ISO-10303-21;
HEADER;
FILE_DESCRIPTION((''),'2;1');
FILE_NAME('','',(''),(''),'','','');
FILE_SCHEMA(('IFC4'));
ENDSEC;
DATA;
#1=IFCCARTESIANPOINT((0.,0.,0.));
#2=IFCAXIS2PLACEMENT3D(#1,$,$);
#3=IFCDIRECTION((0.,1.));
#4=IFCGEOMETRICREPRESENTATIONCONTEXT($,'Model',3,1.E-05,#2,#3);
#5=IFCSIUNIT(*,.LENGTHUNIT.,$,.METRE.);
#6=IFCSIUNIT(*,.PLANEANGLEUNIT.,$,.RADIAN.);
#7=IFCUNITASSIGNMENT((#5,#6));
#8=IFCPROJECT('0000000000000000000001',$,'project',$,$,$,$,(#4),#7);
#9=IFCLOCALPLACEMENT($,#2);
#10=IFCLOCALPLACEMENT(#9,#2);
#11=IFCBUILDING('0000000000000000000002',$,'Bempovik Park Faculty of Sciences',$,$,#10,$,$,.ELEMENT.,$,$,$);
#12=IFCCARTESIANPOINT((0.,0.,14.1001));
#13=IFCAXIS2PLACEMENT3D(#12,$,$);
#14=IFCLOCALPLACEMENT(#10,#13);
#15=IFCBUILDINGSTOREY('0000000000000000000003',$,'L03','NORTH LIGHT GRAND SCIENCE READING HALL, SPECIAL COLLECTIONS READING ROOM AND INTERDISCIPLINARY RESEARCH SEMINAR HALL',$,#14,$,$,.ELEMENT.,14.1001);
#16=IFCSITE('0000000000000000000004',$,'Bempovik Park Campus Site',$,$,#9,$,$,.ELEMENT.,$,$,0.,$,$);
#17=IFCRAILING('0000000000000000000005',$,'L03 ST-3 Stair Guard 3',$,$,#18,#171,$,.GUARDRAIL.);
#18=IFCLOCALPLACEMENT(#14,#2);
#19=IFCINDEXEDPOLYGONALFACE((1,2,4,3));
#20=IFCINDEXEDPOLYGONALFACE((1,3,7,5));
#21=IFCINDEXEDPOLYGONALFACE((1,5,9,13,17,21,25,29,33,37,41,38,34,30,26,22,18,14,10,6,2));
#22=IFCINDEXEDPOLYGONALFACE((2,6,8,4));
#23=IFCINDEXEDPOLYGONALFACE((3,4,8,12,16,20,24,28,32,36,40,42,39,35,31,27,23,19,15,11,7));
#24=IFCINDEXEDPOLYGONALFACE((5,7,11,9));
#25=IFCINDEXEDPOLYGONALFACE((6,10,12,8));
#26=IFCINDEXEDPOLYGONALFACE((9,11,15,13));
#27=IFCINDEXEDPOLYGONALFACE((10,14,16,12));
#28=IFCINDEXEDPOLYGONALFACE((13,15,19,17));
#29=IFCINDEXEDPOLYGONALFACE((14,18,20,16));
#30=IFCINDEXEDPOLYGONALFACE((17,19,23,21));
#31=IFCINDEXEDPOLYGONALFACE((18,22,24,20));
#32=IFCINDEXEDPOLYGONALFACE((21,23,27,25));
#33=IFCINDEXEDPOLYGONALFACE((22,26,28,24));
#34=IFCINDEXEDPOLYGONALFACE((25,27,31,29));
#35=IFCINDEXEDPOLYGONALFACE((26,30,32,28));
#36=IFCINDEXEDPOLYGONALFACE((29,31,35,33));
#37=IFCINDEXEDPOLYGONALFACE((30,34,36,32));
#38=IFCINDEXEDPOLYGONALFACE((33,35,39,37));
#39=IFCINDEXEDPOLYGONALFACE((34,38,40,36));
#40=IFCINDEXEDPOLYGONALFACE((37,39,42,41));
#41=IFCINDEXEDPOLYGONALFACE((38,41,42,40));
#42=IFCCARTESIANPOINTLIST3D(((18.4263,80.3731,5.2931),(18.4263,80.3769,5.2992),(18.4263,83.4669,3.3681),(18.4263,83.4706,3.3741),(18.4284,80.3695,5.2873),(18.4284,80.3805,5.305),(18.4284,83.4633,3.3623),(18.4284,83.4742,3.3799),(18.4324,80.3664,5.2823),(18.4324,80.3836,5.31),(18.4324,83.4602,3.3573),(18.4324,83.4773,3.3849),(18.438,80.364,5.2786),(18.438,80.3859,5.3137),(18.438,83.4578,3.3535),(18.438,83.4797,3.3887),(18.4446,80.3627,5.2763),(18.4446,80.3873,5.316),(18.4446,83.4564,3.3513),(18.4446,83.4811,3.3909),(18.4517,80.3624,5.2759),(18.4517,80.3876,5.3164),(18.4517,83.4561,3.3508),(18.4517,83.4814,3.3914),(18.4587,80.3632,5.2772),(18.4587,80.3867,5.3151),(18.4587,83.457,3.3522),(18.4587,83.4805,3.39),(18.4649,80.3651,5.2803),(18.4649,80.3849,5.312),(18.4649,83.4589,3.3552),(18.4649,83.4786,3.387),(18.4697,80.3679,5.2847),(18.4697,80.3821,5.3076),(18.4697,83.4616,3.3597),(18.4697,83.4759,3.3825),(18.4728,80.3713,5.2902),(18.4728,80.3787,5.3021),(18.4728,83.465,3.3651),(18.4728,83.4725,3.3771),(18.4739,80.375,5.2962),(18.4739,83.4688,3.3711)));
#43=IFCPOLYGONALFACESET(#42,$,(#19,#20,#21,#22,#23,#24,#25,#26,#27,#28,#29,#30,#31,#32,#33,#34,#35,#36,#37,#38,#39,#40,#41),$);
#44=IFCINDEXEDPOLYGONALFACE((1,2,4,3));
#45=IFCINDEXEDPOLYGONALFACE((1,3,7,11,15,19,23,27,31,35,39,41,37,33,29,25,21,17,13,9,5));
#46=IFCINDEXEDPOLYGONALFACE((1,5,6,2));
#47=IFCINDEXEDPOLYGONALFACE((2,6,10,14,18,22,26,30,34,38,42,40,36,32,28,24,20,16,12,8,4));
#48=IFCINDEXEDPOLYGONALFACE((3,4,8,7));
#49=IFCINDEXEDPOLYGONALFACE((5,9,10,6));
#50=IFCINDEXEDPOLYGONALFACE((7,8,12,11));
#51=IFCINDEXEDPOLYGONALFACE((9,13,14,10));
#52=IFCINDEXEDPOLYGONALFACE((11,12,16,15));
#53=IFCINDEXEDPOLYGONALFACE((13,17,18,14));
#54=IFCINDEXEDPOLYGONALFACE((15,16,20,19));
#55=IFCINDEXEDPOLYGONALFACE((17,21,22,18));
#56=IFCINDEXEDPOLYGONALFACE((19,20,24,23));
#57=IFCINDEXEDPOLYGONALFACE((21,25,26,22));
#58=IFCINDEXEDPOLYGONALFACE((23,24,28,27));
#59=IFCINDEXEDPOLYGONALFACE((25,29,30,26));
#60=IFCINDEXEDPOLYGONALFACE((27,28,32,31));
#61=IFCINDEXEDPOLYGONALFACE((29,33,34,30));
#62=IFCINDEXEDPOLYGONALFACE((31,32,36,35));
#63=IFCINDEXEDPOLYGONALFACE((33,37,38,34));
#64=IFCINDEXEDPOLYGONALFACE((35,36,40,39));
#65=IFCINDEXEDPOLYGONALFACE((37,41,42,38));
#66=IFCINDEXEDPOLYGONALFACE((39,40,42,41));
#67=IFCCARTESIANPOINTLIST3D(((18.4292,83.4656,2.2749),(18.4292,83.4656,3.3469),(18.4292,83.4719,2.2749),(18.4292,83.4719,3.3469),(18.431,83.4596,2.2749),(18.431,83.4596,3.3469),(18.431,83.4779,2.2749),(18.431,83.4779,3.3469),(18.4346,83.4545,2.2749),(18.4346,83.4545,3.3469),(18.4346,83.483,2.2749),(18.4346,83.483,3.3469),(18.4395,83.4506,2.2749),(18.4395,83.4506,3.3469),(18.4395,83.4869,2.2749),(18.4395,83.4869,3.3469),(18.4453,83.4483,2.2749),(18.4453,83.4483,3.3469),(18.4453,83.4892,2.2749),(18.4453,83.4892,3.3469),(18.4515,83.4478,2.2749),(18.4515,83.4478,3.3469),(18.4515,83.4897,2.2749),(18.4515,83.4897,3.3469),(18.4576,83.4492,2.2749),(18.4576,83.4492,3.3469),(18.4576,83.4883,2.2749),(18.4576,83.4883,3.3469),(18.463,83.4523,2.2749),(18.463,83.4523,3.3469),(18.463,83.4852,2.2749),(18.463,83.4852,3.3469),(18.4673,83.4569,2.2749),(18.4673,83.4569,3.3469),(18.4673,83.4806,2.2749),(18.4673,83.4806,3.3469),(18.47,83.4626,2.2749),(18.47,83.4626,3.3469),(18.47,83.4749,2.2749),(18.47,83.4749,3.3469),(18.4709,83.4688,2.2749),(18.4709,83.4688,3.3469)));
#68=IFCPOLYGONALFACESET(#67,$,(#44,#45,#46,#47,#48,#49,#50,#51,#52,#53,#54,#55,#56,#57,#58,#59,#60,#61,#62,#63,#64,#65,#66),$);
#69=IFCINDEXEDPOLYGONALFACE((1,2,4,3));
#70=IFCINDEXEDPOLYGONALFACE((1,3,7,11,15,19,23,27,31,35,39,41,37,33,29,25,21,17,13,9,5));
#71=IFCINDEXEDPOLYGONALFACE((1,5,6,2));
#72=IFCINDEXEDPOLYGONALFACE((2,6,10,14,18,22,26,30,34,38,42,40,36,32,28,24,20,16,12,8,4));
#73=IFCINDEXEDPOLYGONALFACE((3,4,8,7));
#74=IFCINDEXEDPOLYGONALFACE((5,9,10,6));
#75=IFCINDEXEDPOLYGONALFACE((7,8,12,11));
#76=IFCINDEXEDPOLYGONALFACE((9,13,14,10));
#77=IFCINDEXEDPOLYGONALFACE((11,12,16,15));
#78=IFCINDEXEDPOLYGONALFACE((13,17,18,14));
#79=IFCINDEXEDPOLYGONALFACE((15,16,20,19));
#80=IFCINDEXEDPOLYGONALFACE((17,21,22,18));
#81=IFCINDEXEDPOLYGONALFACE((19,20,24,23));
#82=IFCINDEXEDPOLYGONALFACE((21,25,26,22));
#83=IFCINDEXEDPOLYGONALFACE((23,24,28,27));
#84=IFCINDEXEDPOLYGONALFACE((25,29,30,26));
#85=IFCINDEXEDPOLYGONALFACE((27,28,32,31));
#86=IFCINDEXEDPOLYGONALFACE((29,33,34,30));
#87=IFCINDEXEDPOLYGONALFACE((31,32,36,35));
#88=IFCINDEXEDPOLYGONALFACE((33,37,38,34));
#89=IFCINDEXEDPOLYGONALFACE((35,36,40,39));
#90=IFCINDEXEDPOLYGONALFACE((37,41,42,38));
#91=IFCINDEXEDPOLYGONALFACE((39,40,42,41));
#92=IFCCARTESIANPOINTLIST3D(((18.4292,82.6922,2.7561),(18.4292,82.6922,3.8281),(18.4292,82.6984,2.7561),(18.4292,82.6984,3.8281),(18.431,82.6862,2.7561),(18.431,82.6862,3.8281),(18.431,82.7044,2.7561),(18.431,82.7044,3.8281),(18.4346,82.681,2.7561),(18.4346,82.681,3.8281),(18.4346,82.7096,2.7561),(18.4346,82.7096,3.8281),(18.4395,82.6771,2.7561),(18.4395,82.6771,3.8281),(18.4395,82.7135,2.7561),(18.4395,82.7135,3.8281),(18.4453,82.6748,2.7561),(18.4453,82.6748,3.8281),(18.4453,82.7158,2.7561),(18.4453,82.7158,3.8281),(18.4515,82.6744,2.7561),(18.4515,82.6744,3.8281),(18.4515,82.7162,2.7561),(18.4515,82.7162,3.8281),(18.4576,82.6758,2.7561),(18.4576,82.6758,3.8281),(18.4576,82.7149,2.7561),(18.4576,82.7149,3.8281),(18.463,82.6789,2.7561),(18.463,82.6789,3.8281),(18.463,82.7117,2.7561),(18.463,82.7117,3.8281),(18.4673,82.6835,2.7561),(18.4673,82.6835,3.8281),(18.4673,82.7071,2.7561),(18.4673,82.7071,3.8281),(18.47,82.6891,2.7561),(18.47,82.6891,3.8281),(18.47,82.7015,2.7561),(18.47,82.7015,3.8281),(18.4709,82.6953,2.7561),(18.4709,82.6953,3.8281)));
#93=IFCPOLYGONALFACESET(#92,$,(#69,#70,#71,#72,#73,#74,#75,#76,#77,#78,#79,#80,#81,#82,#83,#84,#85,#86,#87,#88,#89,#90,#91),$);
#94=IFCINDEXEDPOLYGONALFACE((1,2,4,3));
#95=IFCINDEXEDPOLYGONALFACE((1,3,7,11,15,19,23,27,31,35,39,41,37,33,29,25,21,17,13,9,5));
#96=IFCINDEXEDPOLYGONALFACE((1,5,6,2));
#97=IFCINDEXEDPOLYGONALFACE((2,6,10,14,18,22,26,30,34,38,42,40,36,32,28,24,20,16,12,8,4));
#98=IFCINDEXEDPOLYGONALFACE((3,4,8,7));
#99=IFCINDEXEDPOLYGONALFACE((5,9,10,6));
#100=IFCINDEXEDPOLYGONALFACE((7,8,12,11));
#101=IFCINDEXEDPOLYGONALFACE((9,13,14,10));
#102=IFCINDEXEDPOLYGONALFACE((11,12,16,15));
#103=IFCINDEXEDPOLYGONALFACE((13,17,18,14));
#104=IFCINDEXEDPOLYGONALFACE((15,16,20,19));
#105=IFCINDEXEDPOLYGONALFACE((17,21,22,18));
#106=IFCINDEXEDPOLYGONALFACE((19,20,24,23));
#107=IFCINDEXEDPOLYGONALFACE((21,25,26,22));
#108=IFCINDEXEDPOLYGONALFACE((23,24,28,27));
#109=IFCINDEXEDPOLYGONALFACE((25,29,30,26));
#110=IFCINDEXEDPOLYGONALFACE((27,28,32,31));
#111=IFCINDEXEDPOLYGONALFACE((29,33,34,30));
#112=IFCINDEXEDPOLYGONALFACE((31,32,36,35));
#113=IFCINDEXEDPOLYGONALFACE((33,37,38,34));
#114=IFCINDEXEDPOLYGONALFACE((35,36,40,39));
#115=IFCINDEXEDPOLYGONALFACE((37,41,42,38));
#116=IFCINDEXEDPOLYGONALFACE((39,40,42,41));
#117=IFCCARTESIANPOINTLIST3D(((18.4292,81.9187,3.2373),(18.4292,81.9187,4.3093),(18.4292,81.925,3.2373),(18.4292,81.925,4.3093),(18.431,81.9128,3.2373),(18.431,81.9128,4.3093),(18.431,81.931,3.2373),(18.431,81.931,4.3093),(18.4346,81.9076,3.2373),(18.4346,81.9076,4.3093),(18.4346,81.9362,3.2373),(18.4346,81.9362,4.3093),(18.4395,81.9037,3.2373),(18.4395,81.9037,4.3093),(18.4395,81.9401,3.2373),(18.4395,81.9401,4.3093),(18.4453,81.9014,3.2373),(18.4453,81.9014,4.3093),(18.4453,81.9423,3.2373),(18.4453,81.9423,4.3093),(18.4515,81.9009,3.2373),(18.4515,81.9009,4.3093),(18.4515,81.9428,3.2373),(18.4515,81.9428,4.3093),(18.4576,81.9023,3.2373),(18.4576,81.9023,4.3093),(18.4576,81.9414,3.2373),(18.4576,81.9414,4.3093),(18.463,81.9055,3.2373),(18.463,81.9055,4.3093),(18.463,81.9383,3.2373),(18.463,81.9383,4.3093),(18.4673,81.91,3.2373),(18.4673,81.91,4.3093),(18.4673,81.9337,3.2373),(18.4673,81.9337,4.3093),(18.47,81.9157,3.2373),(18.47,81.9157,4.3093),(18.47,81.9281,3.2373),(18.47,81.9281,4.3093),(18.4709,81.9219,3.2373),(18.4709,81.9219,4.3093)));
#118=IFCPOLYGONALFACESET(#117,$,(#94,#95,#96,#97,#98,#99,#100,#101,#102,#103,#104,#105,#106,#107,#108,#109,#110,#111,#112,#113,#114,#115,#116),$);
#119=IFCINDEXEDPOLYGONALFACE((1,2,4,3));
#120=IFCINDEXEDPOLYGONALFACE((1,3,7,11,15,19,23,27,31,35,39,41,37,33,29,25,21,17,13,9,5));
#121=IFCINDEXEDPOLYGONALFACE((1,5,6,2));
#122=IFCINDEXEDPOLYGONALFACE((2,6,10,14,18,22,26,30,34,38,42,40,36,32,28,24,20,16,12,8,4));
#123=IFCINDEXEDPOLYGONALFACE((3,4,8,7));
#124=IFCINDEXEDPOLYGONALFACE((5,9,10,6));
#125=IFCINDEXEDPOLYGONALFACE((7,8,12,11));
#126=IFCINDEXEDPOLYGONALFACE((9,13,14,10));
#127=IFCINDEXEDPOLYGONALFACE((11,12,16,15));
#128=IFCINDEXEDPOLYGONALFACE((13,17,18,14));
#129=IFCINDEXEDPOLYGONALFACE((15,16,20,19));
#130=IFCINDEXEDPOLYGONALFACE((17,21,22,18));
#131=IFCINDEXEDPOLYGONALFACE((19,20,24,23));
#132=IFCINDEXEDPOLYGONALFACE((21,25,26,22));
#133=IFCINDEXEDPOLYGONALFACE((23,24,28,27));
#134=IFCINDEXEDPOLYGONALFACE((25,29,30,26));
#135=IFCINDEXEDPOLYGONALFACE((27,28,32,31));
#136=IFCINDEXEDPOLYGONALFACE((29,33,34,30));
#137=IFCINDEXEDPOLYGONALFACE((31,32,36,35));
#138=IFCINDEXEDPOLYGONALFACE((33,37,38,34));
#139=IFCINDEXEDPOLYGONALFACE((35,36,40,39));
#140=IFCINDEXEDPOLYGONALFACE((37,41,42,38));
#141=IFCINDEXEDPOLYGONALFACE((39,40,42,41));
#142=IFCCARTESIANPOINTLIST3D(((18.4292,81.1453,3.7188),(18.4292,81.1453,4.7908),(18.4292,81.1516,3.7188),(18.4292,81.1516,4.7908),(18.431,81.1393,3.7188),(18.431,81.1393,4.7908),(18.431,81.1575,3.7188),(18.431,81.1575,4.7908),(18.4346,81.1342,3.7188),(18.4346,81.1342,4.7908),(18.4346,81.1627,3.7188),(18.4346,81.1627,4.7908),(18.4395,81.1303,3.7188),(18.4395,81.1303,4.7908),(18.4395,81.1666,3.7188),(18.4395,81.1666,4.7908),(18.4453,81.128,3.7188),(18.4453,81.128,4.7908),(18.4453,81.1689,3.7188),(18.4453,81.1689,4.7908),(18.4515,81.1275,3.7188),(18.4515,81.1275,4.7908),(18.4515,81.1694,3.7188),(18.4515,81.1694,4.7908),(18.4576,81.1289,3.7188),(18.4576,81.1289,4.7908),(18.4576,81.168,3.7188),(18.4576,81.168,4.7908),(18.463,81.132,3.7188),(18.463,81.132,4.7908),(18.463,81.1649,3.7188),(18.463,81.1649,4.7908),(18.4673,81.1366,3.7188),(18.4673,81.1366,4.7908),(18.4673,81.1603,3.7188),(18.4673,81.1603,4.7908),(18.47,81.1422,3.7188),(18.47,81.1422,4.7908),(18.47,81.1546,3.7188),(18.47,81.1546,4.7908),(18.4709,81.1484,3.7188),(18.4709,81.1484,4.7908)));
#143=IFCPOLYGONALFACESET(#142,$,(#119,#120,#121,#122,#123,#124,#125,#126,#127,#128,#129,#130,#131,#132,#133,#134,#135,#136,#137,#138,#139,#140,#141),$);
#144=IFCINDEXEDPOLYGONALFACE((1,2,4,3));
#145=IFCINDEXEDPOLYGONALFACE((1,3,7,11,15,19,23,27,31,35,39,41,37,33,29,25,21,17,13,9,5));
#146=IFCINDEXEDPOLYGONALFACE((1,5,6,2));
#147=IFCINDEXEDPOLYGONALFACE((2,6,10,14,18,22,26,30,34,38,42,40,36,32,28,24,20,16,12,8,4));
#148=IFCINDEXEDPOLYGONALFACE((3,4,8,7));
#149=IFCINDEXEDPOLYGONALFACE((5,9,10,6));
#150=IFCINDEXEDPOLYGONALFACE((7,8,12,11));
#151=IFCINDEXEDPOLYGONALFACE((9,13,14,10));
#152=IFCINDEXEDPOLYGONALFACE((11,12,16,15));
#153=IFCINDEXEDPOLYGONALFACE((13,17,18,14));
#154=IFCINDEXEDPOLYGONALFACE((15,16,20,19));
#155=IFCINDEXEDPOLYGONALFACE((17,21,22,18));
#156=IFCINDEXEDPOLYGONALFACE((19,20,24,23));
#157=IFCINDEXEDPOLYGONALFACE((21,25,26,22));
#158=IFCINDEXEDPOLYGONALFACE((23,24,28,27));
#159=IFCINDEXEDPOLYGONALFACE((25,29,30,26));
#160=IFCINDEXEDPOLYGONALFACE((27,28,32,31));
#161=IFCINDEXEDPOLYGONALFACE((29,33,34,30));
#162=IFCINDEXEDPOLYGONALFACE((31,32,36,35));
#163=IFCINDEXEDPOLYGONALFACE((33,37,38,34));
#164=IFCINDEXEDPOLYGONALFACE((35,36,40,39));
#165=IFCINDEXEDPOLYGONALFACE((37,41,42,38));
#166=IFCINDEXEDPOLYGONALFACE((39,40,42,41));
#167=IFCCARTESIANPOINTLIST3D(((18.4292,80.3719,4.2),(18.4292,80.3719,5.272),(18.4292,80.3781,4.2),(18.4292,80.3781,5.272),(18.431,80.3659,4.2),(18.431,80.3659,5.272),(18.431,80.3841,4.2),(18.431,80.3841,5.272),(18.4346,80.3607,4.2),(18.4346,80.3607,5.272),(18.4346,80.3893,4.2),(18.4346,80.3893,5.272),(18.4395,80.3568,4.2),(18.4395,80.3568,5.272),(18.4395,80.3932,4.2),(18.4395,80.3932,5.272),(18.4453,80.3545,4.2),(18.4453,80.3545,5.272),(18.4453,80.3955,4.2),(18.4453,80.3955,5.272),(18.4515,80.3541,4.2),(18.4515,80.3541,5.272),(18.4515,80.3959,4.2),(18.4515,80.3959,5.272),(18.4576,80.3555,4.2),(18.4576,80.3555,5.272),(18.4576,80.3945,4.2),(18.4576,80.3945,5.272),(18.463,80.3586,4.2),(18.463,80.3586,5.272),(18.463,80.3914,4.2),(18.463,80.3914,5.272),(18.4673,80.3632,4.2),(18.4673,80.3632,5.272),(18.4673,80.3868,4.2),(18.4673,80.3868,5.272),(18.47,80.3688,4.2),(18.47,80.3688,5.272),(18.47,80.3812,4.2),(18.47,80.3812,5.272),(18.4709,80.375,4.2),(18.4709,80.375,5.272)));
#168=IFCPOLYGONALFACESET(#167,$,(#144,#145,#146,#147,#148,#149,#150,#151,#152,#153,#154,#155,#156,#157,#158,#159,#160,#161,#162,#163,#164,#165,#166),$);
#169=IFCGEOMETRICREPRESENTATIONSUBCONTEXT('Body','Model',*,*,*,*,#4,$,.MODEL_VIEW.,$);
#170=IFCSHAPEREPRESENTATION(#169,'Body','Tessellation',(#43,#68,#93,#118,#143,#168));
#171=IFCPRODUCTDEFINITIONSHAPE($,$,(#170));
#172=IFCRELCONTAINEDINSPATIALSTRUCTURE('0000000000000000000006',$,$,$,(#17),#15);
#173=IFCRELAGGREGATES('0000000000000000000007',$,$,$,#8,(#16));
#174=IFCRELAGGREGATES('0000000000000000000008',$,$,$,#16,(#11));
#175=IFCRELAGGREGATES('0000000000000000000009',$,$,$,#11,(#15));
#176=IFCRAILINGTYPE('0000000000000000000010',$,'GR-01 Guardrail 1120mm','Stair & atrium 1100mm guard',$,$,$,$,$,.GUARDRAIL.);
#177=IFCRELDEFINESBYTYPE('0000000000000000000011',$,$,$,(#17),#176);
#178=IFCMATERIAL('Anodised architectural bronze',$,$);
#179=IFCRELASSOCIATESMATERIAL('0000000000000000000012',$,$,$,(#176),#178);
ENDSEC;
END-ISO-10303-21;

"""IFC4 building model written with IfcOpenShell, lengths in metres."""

from ifc_helpers import new_model, si_unit, direction, frame, origin, origin_2d, place, context, subcontext, project, spatial, circle, extrude, material, type_object, element, save


model = new_model("IFC4")

# Units and contexts
model_context = context("Model", 3, precision=1e-05, world=origin(), true_north=direction((0.0, 1.0)))
body_context = subcontext(model_context, "Body", "Model", "MODEL_VIEW")
ifc_project = project(units=[si_unit("LENGTHUNIT", "METRE"), si_unit("PLANEANGLEUNIT", "RADIAN")], contexts=[model_context])

# Site, building, storey
site_placement = place(None, origin())
site = spatial("IfcSite", under=ifc_project, at=site_placement, Name="Bempovik Park Campus Site", CompositionType="ELEMENT", RefElevation=0.0)
building_placement = place(site_placement, origin())
building = spatial("IfcBuilding", under=site, at=building_placement, Name="Bempovik Park Faculty of Sciences", CompositionType="ELEMENT")
storey_placement = place(building_placement, frame((0.0, 0.0, 14.1001)))
storey = spatial("IfcBuildingStorey", under=building, at=storey_placement, Name="L03", Description="NORTH LIGHT GRAND SCIENCE READING HALL, SPECIAL COLLECTIONS READING ROOM AND INTERDISCIPLINARY RESEARCH SEMINAR HALL", CompositionType="ELEMENT", Elevation=14.1001)

# Railing
ifc_material_1 = material(Name="Anodised architectural bronze")
railing_type_1 = type_object("IfcRailingType", Name="GR-01 Guardrail 1120mm", Description="Stair & atrium 1100mm guard", PredefinedType="GUARDRAIL", material=ifc_material_1)
railing_1_placement = place(storey_placement, frame((18.45, 83.4688, 2.2749)))
element("IfcRailing", 1, at=railing_1_placement, inside=storey, type_object=railing_type_1, Name="L03 ST-3 Stair Guard 3", PredefinedType="GUARDRAIL", context=body_context, shape_type="SweptSolid", body=[
    extrude(circle(Radius=0.0239, at=origin_2d()), frame((0.0, 0.0, 1.0962), z_axis=(0.0, -0.849051, 0.528312), x_axis=(1.0, 0.0, 0.0)), (0.0, 0.0, 1.0), 3.6438),
    extrude(circle(Radius=0.021, at=origin_2d()), origin(), (0.0, 0.0, 1.0), 1.072),
    extrude(circle(Radius=0.021, at=origin_2d()), frame((0.0, -0.7734, 0.4812)), (0.0, 0.0, 1.0), 1.072),
    extrude(circle(Radius=0.021, at=origin_2d()), frame((0.0, -1.5469, 0.9624)), (0.0, 0.0, 1.0), 1.072),
    extrude(circle(Radius=0.021, at=origin_2d()), frame((0.0, -2.3203, 1.4438)), (0.0, 0.0, 1.0), 1.072),
    extrude(circle(Radius=0.021, at=origin_2d()), frame((0.0, -3.0938, 1.925)), (0.0, 0.0, 1.0), 1.072),
])

save(model, "model.ifc")
